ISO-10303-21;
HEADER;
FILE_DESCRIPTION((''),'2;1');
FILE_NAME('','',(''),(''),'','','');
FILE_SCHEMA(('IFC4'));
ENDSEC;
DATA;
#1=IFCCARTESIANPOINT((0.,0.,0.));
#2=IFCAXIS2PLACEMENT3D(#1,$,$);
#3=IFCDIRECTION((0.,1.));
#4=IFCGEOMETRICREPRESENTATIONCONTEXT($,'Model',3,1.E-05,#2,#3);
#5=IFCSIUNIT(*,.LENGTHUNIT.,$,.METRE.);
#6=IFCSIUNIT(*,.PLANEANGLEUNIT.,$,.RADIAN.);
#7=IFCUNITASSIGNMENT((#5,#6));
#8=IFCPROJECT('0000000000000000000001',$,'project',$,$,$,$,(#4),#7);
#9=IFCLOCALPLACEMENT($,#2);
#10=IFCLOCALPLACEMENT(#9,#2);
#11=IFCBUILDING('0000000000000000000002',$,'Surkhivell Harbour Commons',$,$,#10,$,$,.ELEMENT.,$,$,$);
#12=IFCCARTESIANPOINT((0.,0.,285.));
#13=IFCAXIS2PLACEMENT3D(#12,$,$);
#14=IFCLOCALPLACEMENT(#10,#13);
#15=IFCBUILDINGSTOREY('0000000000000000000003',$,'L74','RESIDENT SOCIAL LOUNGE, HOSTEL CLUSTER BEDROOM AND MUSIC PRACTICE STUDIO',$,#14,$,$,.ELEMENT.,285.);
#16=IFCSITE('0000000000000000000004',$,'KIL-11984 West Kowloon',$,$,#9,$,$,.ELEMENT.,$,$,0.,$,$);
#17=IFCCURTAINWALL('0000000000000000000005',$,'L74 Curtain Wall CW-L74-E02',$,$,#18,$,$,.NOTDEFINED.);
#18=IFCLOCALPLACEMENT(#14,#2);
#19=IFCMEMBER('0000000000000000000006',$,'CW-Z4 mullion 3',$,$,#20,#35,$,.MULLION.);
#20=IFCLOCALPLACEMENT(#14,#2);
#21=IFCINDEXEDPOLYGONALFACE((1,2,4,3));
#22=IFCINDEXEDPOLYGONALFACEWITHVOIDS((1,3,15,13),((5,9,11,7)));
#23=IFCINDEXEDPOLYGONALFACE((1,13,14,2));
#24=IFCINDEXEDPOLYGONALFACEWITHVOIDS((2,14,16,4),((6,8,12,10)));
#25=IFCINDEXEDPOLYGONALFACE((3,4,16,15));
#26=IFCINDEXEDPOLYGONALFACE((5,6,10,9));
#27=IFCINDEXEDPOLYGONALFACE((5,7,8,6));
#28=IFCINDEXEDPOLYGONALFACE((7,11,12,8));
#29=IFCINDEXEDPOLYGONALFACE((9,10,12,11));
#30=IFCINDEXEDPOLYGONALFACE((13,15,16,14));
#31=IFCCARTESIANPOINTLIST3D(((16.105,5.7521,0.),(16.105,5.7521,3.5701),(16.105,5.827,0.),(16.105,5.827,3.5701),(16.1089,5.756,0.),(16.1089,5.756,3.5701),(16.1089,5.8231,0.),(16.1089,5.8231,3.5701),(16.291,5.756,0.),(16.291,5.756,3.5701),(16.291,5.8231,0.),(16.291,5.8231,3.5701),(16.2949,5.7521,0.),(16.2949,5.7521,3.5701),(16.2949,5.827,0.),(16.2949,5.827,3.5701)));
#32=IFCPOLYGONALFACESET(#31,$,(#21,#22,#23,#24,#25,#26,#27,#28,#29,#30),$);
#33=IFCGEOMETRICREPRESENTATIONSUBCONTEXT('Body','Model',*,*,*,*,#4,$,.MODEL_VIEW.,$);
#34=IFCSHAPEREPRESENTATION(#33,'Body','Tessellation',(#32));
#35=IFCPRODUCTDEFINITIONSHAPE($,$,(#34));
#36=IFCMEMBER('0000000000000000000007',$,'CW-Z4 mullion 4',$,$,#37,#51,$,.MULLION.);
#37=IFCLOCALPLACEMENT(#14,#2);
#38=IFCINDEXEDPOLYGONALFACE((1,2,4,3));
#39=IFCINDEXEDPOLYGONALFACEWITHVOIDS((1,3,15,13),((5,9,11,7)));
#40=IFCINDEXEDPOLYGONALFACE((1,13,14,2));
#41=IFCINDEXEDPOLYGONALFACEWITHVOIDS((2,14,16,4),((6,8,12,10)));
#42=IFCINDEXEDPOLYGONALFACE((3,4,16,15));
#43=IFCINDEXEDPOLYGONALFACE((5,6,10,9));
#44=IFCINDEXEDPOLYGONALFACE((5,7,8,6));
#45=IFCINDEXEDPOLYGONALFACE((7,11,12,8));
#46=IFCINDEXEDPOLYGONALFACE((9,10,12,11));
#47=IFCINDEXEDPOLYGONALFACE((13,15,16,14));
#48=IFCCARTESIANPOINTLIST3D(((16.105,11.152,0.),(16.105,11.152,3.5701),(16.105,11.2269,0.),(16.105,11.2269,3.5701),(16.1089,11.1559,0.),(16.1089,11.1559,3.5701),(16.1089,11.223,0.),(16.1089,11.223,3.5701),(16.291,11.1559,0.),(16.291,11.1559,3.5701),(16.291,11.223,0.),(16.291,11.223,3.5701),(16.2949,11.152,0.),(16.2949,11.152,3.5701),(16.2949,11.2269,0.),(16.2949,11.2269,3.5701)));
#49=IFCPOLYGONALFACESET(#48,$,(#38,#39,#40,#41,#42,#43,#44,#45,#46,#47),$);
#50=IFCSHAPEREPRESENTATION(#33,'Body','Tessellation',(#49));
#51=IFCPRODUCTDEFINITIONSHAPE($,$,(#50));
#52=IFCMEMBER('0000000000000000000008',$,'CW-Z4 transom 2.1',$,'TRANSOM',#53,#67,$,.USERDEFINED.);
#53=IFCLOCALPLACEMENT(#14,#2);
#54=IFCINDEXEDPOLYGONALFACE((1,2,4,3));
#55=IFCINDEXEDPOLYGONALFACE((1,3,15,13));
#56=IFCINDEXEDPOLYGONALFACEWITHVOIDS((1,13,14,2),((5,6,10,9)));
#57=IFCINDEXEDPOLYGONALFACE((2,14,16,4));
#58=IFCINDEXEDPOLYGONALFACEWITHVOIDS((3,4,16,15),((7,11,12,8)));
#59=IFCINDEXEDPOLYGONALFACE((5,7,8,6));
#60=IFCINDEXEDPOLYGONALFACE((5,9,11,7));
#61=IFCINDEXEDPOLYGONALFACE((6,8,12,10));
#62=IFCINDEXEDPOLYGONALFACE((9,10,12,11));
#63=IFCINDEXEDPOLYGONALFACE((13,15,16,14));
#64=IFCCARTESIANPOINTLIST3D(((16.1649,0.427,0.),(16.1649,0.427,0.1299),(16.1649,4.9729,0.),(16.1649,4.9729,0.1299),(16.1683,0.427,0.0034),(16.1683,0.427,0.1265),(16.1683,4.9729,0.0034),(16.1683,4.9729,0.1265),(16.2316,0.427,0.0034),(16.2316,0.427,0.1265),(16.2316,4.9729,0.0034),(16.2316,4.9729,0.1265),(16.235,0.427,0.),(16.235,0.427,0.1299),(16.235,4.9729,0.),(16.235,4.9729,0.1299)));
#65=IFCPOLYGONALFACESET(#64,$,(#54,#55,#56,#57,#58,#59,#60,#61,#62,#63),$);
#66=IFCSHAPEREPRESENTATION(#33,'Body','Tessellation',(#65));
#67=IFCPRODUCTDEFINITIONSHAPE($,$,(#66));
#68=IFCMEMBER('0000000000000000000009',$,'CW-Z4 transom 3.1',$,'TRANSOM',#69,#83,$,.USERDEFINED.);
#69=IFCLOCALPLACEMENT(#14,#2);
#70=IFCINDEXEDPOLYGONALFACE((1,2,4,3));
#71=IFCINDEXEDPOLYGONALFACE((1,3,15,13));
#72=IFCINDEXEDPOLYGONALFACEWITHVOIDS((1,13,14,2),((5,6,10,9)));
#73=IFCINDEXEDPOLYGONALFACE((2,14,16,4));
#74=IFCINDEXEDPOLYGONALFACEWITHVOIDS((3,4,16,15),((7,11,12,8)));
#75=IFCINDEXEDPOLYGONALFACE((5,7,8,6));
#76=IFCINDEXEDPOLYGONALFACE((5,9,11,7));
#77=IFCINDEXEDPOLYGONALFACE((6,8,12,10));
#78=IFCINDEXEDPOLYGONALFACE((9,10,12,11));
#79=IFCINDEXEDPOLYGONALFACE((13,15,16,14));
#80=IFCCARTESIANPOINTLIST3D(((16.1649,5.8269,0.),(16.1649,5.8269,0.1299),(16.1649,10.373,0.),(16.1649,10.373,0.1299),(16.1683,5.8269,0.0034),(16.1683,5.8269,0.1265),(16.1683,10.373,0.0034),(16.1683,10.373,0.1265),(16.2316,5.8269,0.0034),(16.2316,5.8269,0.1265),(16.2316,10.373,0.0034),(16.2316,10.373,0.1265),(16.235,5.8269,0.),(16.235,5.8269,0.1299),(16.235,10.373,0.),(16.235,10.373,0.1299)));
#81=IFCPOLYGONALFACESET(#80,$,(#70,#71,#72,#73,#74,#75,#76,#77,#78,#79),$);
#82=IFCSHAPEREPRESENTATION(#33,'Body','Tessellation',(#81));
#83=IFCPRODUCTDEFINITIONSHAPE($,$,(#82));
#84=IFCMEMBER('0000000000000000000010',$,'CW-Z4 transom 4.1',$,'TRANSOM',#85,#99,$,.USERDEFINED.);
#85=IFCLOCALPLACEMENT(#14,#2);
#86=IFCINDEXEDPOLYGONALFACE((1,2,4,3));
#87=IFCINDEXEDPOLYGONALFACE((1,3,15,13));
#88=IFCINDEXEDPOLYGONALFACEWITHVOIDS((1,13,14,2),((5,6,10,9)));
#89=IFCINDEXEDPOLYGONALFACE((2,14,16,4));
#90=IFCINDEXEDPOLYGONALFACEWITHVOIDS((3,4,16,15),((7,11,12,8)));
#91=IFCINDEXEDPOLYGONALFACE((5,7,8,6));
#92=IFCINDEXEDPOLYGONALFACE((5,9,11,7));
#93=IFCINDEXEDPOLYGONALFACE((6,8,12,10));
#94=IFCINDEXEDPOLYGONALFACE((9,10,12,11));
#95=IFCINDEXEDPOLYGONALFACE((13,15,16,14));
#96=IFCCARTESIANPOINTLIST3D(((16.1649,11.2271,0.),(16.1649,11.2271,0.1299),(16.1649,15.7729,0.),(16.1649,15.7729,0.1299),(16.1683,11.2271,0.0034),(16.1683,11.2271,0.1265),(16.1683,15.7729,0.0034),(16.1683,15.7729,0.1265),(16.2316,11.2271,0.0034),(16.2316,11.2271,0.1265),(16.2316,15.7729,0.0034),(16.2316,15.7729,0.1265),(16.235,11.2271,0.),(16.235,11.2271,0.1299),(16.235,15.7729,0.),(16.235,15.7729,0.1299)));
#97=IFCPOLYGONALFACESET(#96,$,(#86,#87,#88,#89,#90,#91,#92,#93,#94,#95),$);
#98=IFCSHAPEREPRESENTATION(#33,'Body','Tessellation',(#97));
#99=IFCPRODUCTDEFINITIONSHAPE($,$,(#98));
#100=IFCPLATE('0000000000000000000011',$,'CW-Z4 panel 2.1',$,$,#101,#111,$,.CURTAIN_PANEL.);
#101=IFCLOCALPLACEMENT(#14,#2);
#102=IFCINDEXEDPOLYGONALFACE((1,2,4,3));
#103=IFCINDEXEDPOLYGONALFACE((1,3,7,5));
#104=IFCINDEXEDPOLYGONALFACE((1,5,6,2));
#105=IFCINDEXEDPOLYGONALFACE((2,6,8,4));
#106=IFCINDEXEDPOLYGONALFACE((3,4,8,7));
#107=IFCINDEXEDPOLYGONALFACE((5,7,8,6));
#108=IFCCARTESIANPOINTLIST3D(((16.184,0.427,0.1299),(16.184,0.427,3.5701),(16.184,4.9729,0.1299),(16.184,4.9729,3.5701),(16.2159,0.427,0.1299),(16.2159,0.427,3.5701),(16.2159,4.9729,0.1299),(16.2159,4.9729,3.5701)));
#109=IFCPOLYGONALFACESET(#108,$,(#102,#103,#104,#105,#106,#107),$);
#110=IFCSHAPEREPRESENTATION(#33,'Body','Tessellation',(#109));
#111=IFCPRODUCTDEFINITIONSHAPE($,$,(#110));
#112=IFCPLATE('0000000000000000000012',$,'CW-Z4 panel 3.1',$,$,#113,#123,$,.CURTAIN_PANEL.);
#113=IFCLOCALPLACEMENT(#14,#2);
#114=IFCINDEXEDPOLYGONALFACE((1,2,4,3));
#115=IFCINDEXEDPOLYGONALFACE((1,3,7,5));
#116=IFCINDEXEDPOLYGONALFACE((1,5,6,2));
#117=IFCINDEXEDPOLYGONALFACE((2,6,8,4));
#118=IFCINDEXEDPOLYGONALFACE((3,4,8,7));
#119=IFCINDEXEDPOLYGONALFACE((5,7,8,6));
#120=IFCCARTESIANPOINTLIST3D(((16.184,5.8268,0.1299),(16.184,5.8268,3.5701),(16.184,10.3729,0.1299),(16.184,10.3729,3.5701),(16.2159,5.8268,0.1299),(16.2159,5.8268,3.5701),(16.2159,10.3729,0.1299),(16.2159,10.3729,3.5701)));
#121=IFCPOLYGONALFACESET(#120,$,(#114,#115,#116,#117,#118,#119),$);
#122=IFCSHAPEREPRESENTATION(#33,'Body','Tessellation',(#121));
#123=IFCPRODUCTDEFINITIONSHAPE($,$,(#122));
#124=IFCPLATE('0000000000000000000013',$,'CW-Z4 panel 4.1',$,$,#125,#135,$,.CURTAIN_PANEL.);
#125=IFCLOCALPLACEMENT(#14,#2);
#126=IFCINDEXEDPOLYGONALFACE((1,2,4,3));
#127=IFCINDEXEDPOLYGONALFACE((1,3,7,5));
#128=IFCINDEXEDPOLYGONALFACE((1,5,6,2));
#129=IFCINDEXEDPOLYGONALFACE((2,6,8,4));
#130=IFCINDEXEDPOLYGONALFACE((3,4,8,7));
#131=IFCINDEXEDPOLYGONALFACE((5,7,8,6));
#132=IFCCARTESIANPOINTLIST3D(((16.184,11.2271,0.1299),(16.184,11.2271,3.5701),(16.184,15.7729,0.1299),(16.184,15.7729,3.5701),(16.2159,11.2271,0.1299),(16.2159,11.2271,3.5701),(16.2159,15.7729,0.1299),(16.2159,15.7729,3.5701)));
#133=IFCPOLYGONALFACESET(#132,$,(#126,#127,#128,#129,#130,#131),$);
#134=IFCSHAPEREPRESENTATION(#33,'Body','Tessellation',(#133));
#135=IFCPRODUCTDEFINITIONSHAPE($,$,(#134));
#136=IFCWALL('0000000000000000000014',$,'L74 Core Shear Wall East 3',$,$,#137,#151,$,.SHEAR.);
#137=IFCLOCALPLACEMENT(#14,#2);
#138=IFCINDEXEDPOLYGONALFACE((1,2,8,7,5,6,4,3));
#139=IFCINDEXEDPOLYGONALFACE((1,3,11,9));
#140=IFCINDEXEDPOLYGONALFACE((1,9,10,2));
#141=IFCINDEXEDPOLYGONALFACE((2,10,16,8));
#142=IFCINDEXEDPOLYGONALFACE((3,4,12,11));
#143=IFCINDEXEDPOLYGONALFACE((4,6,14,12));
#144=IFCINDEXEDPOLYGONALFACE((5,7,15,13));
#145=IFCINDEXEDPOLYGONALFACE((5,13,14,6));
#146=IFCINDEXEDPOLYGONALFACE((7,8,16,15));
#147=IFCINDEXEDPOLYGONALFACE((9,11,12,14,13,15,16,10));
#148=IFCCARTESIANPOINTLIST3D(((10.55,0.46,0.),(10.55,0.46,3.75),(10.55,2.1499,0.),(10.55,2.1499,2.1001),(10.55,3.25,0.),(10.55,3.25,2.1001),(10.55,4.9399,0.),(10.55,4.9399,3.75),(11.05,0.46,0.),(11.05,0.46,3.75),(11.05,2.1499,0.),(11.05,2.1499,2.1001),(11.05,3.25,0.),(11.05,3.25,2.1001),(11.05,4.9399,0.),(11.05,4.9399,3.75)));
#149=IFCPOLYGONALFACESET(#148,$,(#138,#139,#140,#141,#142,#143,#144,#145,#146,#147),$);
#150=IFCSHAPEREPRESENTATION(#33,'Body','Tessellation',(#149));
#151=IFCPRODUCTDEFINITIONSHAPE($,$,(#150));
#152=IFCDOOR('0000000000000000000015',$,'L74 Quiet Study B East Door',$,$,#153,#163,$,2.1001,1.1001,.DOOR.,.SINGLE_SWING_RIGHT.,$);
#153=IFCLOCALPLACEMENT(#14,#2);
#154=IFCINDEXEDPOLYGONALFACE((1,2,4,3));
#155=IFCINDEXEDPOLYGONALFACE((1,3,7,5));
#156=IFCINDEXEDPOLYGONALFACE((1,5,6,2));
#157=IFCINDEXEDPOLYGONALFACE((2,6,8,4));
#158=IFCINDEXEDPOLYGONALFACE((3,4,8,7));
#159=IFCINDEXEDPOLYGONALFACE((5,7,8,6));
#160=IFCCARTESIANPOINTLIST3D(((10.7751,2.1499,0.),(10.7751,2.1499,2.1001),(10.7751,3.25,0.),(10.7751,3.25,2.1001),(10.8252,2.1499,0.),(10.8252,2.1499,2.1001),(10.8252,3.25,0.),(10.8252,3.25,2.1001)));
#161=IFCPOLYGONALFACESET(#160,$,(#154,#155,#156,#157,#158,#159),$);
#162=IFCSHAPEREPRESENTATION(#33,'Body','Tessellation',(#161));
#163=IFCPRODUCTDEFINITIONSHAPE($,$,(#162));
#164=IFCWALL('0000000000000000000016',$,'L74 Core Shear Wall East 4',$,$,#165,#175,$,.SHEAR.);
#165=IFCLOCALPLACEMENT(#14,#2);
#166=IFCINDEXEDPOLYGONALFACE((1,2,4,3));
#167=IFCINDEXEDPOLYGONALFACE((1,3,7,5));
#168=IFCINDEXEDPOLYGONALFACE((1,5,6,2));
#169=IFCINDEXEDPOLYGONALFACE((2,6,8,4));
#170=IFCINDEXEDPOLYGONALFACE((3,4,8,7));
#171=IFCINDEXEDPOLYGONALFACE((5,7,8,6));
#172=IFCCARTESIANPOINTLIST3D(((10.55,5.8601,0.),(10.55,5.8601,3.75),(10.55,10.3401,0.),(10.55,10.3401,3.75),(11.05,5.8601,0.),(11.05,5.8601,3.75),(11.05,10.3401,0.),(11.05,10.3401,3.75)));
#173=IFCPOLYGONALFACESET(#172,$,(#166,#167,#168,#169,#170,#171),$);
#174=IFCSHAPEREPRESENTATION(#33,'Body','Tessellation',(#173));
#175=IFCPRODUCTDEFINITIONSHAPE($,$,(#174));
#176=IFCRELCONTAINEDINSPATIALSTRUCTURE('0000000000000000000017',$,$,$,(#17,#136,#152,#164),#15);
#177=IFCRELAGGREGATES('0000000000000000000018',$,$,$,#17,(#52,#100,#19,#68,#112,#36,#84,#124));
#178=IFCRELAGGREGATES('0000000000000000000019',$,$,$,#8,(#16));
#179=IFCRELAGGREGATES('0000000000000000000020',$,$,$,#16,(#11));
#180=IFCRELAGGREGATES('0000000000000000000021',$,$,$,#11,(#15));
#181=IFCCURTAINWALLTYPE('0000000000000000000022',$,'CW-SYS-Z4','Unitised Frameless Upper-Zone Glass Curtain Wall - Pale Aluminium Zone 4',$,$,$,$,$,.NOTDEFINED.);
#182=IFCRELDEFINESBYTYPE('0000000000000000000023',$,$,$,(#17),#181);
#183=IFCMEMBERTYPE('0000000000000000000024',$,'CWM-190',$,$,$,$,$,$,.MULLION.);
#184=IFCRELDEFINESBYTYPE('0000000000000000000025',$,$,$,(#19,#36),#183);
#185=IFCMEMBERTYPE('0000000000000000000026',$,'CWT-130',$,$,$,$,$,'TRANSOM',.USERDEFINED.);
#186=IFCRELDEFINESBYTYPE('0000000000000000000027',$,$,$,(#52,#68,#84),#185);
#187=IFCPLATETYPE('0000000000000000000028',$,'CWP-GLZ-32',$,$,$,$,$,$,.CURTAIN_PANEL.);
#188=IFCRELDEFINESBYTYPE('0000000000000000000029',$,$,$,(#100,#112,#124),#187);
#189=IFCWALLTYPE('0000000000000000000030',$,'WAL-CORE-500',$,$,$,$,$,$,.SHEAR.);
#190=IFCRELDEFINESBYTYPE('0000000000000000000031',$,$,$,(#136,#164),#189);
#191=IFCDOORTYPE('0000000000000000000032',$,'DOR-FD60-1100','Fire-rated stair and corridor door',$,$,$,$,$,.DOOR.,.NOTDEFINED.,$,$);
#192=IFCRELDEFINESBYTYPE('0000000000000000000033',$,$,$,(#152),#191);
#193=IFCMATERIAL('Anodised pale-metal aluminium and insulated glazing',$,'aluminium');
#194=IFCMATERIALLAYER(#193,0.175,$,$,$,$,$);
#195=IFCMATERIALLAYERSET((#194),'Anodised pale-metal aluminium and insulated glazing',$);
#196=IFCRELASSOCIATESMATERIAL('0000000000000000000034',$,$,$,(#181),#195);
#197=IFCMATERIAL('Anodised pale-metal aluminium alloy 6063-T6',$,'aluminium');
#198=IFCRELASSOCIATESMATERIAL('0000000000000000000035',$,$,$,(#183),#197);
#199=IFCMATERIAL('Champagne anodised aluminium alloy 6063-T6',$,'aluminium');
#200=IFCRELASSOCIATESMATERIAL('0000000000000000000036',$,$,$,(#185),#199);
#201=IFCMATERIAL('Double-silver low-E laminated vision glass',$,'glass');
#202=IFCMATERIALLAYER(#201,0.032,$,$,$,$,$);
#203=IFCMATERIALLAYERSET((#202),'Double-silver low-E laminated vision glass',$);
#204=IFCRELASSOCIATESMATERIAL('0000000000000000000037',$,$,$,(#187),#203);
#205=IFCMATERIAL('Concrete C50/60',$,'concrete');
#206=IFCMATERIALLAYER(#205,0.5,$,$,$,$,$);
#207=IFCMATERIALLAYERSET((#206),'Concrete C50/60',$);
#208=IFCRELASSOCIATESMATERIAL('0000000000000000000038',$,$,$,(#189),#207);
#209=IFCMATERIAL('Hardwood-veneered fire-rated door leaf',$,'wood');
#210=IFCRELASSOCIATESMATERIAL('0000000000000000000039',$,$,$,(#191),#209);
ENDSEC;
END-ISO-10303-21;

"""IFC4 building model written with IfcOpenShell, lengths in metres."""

from ifc_helpers import new_model, si_unit, direction, frame, frame_2d, origin, origin_2d, place, context, subcontext, project, spatial, rectangle, hollow_rectangle, extrude, material, layer, layer_set, material_profile, profile_set, type_object, element, fill, aggregate, save


model = new_model("IFC4")

# Units and contexts
model_context = context("Model", 3, precision=1e-05, world=origin(), true_north=direction((0.0, 1.0)))
body_context = subcontext(model_context, "Body", "Model", "MODEL_VIEW")
ifc_project = project(units=[si_unit("LENGTHUNIT", "METRE"), si_unit("PLANEANGLEUNIT", "RADIAN")], contexts=[model_context])

# Site, building, storey
site_placement = place(None, origin())
site = spatial("IfcSite", under=ifc_project, at=site_placement, Name="KIL-11984 West Kowloon", CompositionType="ELEMENT", RefElevation=0.0)
building_placement = place(site_placement, origin())
building = spatial("IfcBuilding", under=site, at=building_placement, Name="Surkhivell Harbour Commons", CompositionType="ELEMENT")
storey_placement = place(building_placement, frame((0.0, 0.0, 285.0)))
storey = spatial("IfcBuildingStorey", under=building, at=storey_placement, Name="L74", Description="RESIDENT SOCIAL LOUNGE, HOSTEL CLUSTER BEDROOM AND MUSIC PRACTICE STUDIO", CompositionType="ELEMENT", Elevation=285.0)

# Shared definitions
ifc_material_1 = material(Name="Concrete C50/60", Category="concrete")

# Curtain wall, members, plates
ifc_material_2 = material(Name="Anodised pale-metal aluminium and insulated glazing", Category="aluminium")
ifc_layer_1 = layer(ifc_material_2, 0.175)
ifc_layer_set_1 = layer_set([ifc_layer_1], Name="Anodised pale-metal aluminium and insulated glazing")
curtain_wall_type = type_object("IfcCurtainWallType", Name="CW-SYS-Z4", Description="Unitised Frameless Upper-Zone Glass Curtain Wall - Pale Aluminium Zone 4", PredefinedType="NOTDEFINED", material=ifc_layer_set_1)
curtain_wall_placement = place(storey_placement, origin())
curtain_wall = element("IfcCurtainWall", 1, at=curtain_wall_placement, inside=storey, type_object=curtain_wall_type, Name="L74 Curtain Wall CW-L74-E02", PredefinedType="NOTDEFINED")
ifc_material_3 = material(Name="Anodised pale-metal aluminium alloy 6063-T6", Category="aluminium")
ifc_material_profile_1 = material_profile(ifc_material_3, hollow_rectangle(XDim=0.075, YDim=0.1899, WallThickness=0.0039, at=origin_2d()), Name="ALU-MULL-75x190")
ifc_profile_set_1 = profile_set([ifc_material_profile_1], Name="Anodised pale-metal aluminium alloy 6063-T6")
member_type_1 = type_object("IfcMemberType", Name="CWM-190", PredefinedType="MULLION", material=ifc_profile_set_1)
member_1_placement = place(storey_placement, frame((16.2, 5.7896, 0.0), z_axis=(0.0, 0.0, 1.0), x_axis=(0.0, 1.0, 0.0)))
member_1 = element("IfcMember", 2, at=member_1_placement, type_object=member_type_1, Name="CW-Z4 mullion 3", PredefinedType="MULLION", context=body_context, shape_type="SweptSolid", body=[
    extrude(hollow_rectangle(XDim=0.075, YDim=0.1899, WallThickness=0.0039, at=origin_2d()), origin(), (0.0, 0.0, 1.0), 3.5701),
])
member_2_placement = place(storey_placement, frame((16.2, 11.1895, 0.0), z_axis=(0.0, 0.0, 1.0), x_axis=(0.0, 1.0, 0.0)))
member_2 = element("IfcMember", 3, at=member_2_placement, type_object=member_type_1, Name="CW-Z4 mullion 4", PredefinedType="MULLION", context=body_context, shape_type="SweptSolid", body=[
    extrude(hollow_rectangle(XDim=0.075, YDim=0.1899, WallThickness=0.0039, at=origin_2d()), origin(), (0.0, 0.0, 1.0), 3.5701),
])
ifc_material_4 = material(Name="Champagne anodised aluminium alloy 6063-T6", Category="aluminium")
ifc_material_profile_2 = material_profile(ifc_material_4, hollow_rectangle(XDim=0.0701, YDim=0.1299, WallThickness=0.0034, at=origin_2d()), Name="ALU-TRAN-70x130")
ifc_profile_set_2 = profile_set([ifc_material_profile_2], Name="Champagne anodised aluminium alloy 6063-T6")
member_type_2 = type_object("IfcMemberType", Name="CWT-130", ElementType="TRANSOM", PredefinedType="USERDEFINED", material=ifc_profile_set_2)
member_3_placement = place(storey_placement, frame((16.2, 0.427, 0.0649), z_axis=(0.0, 1.0, 0.0), x_axis=(-1.0, 0.0, 0.0)))
member_3 = element("IfcMember", 4, at=member_3_placement, type_object=member_type_2, Name="CW-Z4 transom 2.1", ObjectType="TRANSOM", PredefinedType="USERDEFINED", context=body_context, shape_type="SweptSolid", body=[
    extrude(hollow_rectangle(XDim=0.0701, YDim=0.1299, WallThickness=0.0034, at=origin_2d()), origin(), (0.0, 0.0, 1.0), 4.5459),
])
member_4_placement = place(storey_placement, frame((16.2, 5.8269, 0.0649), z_axis=(0.0, 1.0, 0.0), x_axis=(-1.0, 0.0, 0.0)))
member_4 = element("IfcMember", 5, at=member_4_placement, type_object=member_type_2, Name="CW-Z4 transom 3.1", ObjectType="TRANSOM", PredefinedType="USERDEFINED", context=body_context, shape_type="SweptSolid", body=[
    extrude(hollow_rectangle(XDim=0.0701, YDim=0.1299, WallThickness=0.0034, at=origin_2d()), origin(), (0.0, 0.0, 1.0), 4.5461),
])
member_5_placement = place(storey_placement, frame((16.2, 11.2271, 0.0649), z_axis=(0.0, 1.0, 0.0), x_axis=(-1.0, 0.0, 0.0)))
member_5 = element("IfcMember", 6, at=member_5_placement, type_object=member_type_2, Name="CW-Z4 transom 4.1", ObjectType="TRANSOM", PredefinedType="USERDEFINED", context=body_context, shape_type="SweptSolid", body=[
    extrude(hollow_rectangle(XDim=0.0701, YDim=0.1299, WallThickness=0.0034, at=origin_2d()), origin(), (0.0, 0.0, 1.0), 4.5459),
])
ifc_material_5 = material(Name="Double-silver low-E laminated vision glass", Category="glass")
ifc_layer_2 = layer(ifc_material_5, 0.032)
ifc_layer_set_2 = layer_set([ifc_layer_2], Name="Double-silver low-E laminated vision glass")
plate_type = type_object("IfcPlateType", Name="CWP-GLZ-32", PredefinedType="CURTAIN_PANEL", material=ifc_layer_set_2)
plate_1_placement = place(storey_placement, frame((16.2, 0.427, 0.1299), z_axis=(0.0, 0.0, 1.0), x_axis=(0.0, 1.0, 0.0)))
plate_1 = element("IfcPlate", 7, at=plate_1_placement, type_object=plate_type, Name="CW-Z4 panel 2.1", PredefinedType="CURTAIN_PANEL", context=body_context, shape_type="SweptSolid", body=[
    extrude(rectangle(XDim=4.5459, YDim=0.032, at=frame_2d((2.2729, 0.0))), origin(), (0.0, 0.0, 1.0), 3.4402),
])
plate_2_placement = place(storey_placement, frame((16.2, 5.8269, 0.1299), z_axis=(0.0, 0.0, 1.0), x_axis=(0.0, 1.0, 0.0)))
plate_2 = element("IfcPlate", 8, at=plate_2_placement, type_object=plate_type, Name="CW-Z4 panel 3.1", PredefinedType="CURTAIN_PANEL", context=body_context, shape_type="SweptSolid", body=[
    extrude(rectangle(XDim=4.5461, YDim=0.032, at=frame_2d((2.2729, 0.0))), origin(), (0.0, 0.0, 1.0), 3.4402),
])
plate_3_placement = place(storey_placement, frame((16.2, 11.2271, 0.1299), z_axis=(0.0, 0.0, 1.0), x_axis=(0.0, 1.0, 0.0)))
plate_3 = element("IfcPlate", 9, at=plate_3_placement, type_object=plate_type, Name="CW-Z4 panel 4.1", PredefinedType="CURTAIN_PANEL", context=body_context, shape_type="SweptSolid", body=[
    extrude(rectangle(XDim=4.5459, YDim=0.032, at=frame_2d((2.2729, 0.0))), origin(), (0.0, 0.0, 1.0), 3.4402),
])
aggregate(curtain_wall, [member_3, plate_1, member_1, member_4, plate_2, member_2, member_5, plate_3])

# Wall, opening, door
ifc_layer_3 = layer(ifc_material_1, 0.5)
ifc_layer_set_3 = layer_set([ifc_layer_3], Name="Concrete C50/60")
wall_type_1 = type_object("IfcWallType", Name="WAL-CORE-500", PredefinedType="SHEAR", material=ifc_layer_set_3)
wall_1_placement = place(storey_placement, frame((10.8, 0.46, 0.0), z_axis=(0.0, 0.0, 1.0), x_axis=(0.0, 1.0, 0.0)))
wall_1 = element("IfcWall", 10, at=wall_1_placement, inside=storey, type_object=wall_type_1, Name="L74 Core Shear Wall East 3", PredefinedType="SHEAR", context=body_context, shape_type="SweptSolid", body=[
    extrude(rectangle(XDim=4.48, YDim=0.5, at=frame_2d((2.24, 0.0))), origin(), (0.0, 0.0, 1.0), 3.75),
])
opening_placement = place(wall_1_placement, frame((1.6899, 0.0, 0.0)))
opening = element("IfcOpeningElement", 11, at=opening_placement, cuts=wall_1, PredefinedType="OPENING", context=body_context, shape_type="SweptSolid", body=[
    extrude(rectangle(XDim=1.1001, YDim=2.1001, at=frame_2d((0.55, 1.05))), frame((0.0, 0.26, 0.0), z_axis=(0.0, -1.0, 0.0), x_axis=(1.0, 0.0, 0.0)), (0.0, 0.0, 1.0), 0.52),
])
ifc_material_6 = material(Name="Hardwood-veneered fire-rated door leaf", Category="wood")
door_type = type_object("IfcDoorType", Name="DOR-FD60-1100", Description="Fire-rated stair and corridor door", OperationType="NOTDEFINED", PredefinedType="DOOR", material=ifc_material_6)
door_placement = place(opening_placement, origin())
door = element("IfcDoor", 12, at=door_placement, inside=storey, type_object=door_type, Name="L74 Quiet Study B East Door", OperationType="SINGLE_SWING_RIGHT", OverallHeight=2.1001, OverallWidth=1.1001, PredefinedType="DOOR", context=body_context, shape_type="SweptSolid", body=[
    extrude(rectangle(XDim=1.1001, YDim=2.1001, at=frame_2d((0.55, 1.05))), frame((0.0, 0.0249, 0.0), z_axis=(0.0, -1.0, 0.0), x_axis=(1.0, 0.0, 0.0)), (0.0, 0.0, 1.0), 0.05),
])
fill(opening, door)

# Wall
wall_2_placement = place(storey_placement, frame((10.8, 5.8601, 0.0), z_axis=(0.0, 0.0, 1.0), x_axis=(0.0, 1.0, 0.0)))
element("IfcWall", 13, at=wall_2_placement, inside=storey, type_object=wall_type_1, Name="L74 Core Shear Wall East 4", PredefinedType="SHEAR", context=body_context, shape_type="SweptSolid", body=[
    extrude(rectangle(XDim=4.48, YDim=0.5, at=frame_2d((2.24, 0.0))), origin(), (0.0, 0.0, 1.0), 3.75),
])

save(model, "model.ifc")
